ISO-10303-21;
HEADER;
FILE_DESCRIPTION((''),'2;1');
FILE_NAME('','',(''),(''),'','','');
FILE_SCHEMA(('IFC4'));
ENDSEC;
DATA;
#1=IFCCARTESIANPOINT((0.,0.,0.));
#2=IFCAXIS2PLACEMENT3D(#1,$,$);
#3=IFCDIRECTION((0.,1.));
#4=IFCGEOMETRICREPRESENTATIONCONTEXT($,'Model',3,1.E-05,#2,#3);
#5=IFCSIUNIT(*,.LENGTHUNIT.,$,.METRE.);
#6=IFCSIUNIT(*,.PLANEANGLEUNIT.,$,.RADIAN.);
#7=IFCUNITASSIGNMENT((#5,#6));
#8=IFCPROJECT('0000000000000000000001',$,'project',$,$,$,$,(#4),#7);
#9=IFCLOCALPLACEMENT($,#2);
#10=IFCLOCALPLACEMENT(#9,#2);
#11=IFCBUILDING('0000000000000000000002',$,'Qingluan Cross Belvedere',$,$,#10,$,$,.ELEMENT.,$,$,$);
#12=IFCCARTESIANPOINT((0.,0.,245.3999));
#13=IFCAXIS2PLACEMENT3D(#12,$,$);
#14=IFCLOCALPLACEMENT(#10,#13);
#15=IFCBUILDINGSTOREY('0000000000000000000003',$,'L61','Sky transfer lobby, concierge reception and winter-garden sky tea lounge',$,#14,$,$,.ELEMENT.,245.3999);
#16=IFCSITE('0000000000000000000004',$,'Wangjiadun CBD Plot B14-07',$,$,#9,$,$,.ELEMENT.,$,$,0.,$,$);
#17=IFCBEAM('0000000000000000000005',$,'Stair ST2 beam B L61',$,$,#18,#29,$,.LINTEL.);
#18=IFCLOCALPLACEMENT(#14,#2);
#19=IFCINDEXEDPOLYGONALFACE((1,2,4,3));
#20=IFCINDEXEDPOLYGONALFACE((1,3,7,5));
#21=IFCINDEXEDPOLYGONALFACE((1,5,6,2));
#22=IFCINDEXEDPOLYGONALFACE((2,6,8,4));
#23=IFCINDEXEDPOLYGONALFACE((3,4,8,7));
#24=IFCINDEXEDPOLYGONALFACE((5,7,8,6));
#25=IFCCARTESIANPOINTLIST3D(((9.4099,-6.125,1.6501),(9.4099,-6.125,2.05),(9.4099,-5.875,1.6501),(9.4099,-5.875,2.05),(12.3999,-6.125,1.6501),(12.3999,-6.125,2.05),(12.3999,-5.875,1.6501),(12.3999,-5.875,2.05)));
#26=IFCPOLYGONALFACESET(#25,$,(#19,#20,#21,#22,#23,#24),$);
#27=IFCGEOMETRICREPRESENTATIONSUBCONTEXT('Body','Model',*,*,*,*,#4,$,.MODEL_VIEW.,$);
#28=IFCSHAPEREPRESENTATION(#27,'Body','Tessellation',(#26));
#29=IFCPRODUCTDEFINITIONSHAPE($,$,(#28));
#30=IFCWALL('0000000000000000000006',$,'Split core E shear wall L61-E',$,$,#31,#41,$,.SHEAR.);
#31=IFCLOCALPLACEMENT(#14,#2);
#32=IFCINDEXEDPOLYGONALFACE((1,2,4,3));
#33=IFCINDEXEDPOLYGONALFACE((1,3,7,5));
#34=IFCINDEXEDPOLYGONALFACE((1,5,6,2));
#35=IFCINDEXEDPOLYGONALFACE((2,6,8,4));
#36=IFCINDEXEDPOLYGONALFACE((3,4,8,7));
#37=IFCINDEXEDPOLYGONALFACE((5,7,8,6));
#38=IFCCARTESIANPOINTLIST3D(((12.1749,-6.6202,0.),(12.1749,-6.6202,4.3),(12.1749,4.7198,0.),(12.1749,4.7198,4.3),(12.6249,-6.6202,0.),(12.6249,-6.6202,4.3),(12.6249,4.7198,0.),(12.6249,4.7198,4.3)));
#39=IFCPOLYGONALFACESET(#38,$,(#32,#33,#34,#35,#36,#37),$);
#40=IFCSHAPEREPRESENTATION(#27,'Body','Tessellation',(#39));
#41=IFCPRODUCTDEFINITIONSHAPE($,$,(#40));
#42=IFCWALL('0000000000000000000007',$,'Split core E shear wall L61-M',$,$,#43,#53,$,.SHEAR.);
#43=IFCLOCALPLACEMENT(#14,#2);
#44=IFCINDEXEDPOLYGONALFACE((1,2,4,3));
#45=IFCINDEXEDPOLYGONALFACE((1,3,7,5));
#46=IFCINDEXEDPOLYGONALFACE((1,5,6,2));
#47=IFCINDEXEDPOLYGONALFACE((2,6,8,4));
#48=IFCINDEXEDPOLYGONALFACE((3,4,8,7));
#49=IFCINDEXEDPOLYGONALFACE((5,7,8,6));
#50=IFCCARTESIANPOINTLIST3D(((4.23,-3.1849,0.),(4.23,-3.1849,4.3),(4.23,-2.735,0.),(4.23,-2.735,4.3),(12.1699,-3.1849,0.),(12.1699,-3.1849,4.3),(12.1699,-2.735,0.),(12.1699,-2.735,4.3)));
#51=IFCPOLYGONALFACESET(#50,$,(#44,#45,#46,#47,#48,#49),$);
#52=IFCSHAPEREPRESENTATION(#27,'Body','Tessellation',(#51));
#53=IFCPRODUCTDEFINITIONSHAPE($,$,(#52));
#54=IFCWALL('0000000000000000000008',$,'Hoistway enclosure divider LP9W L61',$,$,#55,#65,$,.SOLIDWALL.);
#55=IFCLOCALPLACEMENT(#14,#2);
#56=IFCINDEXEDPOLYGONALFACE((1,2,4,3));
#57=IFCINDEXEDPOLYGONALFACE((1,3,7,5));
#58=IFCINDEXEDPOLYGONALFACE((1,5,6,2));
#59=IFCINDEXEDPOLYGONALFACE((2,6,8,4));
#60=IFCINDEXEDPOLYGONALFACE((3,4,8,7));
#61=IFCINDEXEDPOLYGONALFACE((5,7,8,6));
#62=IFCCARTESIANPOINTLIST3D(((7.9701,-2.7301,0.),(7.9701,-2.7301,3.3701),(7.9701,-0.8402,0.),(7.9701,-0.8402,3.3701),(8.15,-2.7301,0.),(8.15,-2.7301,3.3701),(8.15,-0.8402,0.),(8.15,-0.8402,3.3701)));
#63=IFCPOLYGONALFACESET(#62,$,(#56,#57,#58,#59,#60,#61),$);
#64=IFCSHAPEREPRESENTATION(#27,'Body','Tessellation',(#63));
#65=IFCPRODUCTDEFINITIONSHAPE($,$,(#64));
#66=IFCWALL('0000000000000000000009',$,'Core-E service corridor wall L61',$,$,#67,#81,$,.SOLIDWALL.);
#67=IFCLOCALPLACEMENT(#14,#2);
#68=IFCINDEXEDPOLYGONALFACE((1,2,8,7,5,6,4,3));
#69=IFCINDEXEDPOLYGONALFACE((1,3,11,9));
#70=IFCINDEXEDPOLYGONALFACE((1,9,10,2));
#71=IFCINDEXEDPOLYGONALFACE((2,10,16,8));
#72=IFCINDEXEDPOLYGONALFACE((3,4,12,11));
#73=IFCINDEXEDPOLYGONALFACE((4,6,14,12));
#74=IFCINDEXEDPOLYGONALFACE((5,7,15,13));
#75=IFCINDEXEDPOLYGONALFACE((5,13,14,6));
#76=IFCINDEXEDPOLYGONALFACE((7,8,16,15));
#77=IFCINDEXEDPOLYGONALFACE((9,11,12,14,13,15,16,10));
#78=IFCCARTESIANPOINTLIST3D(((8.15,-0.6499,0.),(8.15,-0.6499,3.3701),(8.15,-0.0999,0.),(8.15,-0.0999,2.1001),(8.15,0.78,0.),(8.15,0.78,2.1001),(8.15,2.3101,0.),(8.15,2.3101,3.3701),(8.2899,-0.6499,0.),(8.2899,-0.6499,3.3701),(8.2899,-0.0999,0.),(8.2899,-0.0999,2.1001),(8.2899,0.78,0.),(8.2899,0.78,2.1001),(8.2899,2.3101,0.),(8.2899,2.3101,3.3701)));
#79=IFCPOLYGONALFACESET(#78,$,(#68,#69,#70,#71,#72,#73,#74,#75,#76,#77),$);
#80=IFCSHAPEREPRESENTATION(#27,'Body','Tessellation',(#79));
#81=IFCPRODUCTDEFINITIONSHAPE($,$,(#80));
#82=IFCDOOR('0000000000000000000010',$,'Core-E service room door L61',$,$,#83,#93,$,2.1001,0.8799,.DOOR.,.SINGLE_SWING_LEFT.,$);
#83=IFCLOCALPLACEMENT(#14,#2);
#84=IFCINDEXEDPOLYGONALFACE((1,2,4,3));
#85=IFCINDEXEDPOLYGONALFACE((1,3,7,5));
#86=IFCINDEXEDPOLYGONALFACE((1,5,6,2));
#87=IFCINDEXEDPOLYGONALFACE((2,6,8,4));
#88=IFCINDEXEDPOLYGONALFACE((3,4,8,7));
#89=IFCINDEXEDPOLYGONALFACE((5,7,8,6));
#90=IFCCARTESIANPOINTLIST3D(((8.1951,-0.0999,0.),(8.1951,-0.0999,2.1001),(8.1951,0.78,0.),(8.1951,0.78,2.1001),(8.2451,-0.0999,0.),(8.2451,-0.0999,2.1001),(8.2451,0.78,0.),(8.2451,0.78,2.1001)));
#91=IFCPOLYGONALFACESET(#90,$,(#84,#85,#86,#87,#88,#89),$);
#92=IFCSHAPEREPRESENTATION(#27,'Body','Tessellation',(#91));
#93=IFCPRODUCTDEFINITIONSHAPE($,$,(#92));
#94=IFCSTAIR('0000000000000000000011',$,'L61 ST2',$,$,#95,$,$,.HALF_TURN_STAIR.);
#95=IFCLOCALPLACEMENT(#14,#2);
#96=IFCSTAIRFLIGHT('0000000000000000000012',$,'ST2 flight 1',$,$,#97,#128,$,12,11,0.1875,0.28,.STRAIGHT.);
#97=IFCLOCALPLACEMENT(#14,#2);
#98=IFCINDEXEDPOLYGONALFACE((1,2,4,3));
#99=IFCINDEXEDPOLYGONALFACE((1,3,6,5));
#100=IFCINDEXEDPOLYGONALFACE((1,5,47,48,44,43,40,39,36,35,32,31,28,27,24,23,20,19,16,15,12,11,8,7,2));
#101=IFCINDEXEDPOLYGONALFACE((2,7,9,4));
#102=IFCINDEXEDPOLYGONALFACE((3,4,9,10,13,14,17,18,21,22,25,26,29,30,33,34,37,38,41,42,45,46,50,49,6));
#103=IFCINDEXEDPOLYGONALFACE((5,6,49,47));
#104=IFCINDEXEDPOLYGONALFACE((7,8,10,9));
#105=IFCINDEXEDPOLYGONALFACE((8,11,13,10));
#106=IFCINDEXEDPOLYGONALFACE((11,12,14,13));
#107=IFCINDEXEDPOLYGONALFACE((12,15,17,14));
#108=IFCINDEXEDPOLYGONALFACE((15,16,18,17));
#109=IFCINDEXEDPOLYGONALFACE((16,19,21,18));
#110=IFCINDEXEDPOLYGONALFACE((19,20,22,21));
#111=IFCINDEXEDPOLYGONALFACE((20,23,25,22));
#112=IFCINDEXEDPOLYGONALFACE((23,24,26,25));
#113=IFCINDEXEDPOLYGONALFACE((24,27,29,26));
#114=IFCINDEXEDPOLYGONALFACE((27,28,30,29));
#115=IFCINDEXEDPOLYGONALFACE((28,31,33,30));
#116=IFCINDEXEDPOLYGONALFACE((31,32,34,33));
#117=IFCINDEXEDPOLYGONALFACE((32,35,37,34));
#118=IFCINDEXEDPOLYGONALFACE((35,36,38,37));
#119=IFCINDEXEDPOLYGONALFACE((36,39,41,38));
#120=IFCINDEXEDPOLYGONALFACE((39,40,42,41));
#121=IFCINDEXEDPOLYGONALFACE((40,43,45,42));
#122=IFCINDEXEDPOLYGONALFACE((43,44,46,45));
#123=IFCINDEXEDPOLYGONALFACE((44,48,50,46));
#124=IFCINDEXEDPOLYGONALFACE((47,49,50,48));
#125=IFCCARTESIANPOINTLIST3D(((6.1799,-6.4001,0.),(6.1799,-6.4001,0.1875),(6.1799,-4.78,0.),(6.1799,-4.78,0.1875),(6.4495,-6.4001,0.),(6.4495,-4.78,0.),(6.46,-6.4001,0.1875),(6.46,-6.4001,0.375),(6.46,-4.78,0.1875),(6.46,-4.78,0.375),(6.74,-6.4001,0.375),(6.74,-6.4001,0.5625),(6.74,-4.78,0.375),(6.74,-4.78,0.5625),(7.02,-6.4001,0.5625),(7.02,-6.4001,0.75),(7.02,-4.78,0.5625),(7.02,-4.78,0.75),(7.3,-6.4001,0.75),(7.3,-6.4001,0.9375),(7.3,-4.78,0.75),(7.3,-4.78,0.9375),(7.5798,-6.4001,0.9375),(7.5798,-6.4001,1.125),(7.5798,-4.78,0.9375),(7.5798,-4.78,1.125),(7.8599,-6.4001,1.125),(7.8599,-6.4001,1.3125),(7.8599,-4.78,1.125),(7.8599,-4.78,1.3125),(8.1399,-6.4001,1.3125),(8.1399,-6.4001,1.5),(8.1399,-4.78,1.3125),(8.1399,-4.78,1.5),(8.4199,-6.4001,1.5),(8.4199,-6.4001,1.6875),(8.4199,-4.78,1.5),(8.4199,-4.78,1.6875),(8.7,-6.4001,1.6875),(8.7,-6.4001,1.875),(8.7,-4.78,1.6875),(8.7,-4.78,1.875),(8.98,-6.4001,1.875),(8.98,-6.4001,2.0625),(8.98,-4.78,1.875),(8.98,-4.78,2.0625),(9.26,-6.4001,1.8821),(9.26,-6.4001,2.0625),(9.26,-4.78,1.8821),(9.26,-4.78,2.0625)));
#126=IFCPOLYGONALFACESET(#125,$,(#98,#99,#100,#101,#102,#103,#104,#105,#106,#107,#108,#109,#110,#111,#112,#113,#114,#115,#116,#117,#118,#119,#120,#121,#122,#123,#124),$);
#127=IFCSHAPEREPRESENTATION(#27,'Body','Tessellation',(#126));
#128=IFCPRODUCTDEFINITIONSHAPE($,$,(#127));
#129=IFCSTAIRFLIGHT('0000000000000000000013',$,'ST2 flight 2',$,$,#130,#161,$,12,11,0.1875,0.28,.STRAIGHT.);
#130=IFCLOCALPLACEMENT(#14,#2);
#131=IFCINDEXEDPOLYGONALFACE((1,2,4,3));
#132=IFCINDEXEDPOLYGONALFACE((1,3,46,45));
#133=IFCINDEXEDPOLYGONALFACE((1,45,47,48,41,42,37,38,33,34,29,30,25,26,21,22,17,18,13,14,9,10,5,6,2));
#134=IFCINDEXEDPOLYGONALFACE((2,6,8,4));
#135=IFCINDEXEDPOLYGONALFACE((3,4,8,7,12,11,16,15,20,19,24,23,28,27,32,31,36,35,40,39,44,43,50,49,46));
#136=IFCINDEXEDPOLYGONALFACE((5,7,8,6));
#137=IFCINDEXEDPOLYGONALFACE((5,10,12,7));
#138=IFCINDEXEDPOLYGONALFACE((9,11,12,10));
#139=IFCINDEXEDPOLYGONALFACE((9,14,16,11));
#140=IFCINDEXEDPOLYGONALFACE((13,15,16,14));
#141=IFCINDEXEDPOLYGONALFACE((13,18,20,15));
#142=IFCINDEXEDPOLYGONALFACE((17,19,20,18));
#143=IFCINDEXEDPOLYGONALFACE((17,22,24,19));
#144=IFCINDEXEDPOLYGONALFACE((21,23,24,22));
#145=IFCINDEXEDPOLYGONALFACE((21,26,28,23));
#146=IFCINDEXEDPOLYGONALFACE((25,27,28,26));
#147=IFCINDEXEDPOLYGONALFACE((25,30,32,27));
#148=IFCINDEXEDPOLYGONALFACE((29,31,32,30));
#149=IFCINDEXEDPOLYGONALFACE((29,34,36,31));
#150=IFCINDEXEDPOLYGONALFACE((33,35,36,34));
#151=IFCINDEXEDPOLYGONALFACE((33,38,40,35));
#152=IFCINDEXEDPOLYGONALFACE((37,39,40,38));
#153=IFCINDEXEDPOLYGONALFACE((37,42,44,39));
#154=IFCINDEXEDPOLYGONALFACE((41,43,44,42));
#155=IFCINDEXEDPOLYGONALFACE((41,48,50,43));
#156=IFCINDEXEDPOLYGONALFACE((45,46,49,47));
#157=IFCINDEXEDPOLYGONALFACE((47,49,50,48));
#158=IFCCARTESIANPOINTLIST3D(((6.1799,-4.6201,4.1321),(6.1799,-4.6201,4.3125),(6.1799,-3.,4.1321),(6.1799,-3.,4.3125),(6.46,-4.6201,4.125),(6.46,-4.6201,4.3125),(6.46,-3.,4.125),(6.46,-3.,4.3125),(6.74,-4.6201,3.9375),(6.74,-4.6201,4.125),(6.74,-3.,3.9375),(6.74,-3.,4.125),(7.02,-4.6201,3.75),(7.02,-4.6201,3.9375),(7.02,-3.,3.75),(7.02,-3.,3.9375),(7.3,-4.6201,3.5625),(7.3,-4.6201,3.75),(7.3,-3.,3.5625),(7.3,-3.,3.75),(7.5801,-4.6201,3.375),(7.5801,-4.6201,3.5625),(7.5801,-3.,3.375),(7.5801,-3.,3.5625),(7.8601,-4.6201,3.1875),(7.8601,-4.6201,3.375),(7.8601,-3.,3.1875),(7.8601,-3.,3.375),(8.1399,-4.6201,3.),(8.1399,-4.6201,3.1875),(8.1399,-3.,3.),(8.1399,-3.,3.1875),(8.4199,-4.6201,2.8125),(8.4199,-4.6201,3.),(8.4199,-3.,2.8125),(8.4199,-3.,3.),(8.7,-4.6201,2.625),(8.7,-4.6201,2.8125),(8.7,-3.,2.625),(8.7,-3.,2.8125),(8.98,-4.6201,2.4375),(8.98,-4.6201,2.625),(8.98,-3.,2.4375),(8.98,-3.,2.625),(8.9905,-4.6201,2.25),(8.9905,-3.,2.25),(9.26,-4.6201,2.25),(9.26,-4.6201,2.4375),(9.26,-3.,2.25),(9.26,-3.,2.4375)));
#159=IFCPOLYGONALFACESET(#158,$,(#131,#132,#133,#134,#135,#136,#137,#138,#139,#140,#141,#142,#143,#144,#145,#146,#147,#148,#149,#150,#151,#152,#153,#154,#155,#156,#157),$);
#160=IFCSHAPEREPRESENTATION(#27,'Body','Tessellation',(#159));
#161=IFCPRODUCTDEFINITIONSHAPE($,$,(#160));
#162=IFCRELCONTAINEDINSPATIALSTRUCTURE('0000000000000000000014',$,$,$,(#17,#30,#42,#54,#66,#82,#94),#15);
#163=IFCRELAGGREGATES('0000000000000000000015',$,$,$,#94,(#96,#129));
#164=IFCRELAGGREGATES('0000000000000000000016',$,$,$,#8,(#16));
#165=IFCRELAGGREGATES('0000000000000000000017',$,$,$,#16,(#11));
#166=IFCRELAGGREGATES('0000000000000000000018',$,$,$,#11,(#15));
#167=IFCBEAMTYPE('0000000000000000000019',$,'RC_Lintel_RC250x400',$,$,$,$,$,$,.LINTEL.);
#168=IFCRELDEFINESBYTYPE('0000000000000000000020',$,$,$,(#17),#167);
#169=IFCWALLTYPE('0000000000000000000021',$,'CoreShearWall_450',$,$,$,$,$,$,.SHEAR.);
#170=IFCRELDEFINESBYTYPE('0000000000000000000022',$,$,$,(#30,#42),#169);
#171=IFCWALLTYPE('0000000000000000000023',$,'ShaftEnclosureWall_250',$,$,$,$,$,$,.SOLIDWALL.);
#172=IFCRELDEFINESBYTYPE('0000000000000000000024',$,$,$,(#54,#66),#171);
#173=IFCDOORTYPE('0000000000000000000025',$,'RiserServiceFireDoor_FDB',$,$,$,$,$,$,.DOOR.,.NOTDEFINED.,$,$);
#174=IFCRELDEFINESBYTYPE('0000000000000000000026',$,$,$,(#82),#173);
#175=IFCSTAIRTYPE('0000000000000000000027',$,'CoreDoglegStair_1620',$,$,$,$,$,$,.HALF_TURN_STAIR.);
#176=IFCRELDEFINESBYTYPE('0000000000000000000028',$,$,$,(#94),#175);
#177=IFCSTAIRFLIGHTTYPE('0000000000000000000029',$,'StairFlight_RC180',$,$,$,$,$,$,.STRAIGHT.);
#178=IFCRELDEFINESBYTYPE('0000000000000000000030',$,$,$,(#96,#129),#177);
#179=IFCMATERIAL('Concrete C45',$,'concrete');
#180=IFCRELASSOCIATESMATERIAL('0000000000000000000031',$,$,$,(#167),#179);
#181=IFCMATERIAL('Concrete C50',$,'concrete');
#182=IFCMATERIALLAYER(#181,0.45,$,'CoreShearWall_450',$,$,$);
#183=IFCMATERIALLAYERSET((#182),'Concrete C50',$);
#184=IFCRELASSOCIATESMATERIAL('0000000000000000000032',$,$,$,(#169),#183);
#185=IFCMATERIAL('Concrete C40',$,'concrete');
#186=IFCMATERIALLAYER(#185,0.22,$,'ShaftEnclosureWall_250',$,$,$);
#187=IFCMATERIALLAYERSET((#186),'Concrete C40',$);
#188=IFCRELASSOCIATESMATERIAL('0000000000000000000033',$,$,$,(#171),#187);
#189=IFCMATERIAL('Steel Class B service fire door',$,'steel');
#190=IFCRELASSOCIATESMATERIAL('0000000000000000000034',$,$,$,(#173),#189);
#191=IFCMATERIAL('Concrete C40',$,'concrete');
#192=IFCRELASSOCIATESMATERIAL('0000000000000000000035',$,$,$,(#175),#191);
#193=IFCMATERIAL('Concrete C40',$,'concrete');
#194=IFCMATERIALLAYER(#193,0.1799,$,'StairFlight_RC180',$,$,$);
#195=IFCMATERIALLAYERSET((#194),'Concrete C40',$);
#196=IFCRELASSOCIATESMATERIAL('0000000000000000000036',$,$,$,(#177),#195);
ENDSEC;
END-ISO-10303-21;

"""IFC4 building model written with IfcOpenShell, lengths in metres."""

from ifc_helpers import new_model, si_unit, direction, frame, frame_2d, origin, origin_2d, place, context, subcontext, project, spatial, polyline, rectangle, outline, extrude, material, layer, layer_set, material_profile, profile_set, type_object, element, fill, aggregate, save


model = new_model("IFC4")

# Units and contexts
model_context = context("Model", 3, precision=1e-05, world=origin(), true_north=direction((0.0, 1.0)))
body_context = subcontext(model_context, "Body", "Model", "MODEL_VIEW")
ifc_project = project(units=[si_unit("LENGTHUNIT", "METRE"), si_unit("PLANEANGLEUNIT", "RADIAN")], contexts=[model_context])

# Site, building, storey
site_placement = place(None, origin())
site = spatial("IfcSite", under=ifc_project, at=site_placement, Name="Wangjiadun CBD Plot B14-07", CompositionType="ELEMENT", RefElevation=0.0)
building_placement = place(site_placement, origin())
building = spatial("IfcBuilding", under=site, at=building_placement, Name="Qingluan Cross Belvedere", CompositionType="ELEMENT")
storey_placement = place(building_placement, frame((0.0, 0.0, 245.3999)))
storey = spatial("IfcBuildingStorey", under=building, at=storey_placement, Name="L61", Description="Sky transfer lobby, concierge reception and winter-garden sky tea lounge", CompositionType="ELEMENT", Elevation=245.3999)

# Beam
ifc_material_1 = material(Name="Concrete C45", Category="concrete")
ifc_material_profile = material_profile(ifc_material_1, rectangle(XDim=0.25, YDim=0.3999, at=origin_2d()), Name="RC250x400")
ifc_profile_set = profile_set([ifc_material_profile], Name="Concrete C45")
beam_type = type_object("IfcBeamType", Name="RC_Lintel_RC250x400", PredefinedType="LINTEL", material=ifc_profile_set)
beam_placement = place(storey_placement, frame((12.3999, -6.0, 1.8501), z_axis=(-1.0, 0.0, 0.0), x_axis=(0.0, -1.0, 0.0)))
element("IfcBeam", 1, at=beam_placement, inside=storey, type_object=beam_type, Name="Stair ST2 beam B L61", PredefinedType="LINTEL", context=body_context, shape_type="SweptSolid", body=[
    extrude(rectangle(XDim=0.25, YDim=0.3999, at=origin_2d()), origin(), (0.0, 0.0, 1.0), 2.99),
])

# Walls
ifc_material_2 = material(Name="Concrete C50", Category="concrete")
ifc_layer_1 = layer(ifc_material_2, 0.45, Name="CoreShearWall_450")
ifc_layer_set_1 = layer_set([ifc_layer_1], Name="Concrete C50")
wall_type_1 = type_object("IfcWallType", Name="CoreShearWall_450", PredefinedType="SHEAR", material=ifc_layer_set_1)
wall_1_placement = place(storey_placement, frame((12.3999, -6.6201, 0.0), z_axis=(0.0, 0.0, 1.0), x_axis=(0.0, 1.0, 0.0)))
element("IfcWall", 2, at=wall_1_placement, inside=storey, type_object=wall_type_1, Name="Split core E shear wall L61-E", PredefinedType="SHEAR", context=body_context, shape_type="SweptSolid", body=[
    extrude(rectangle(XDim=11.3401, YDim=0.45, at=frame_2d((5.6699, 0.0))), origin(), (0.0, 0.0, 1.0), 4.3),
])
wall_2_placement = place(storey_placement, frame((4.23, -2.96, 0.0), z_axis=(0.0, 0.0, 1.0), x_axis=(1.0, 0.0, 0.0)))
element("IfcWall", 3, at=wall_2_placement, inside=storey, type_object=wall_type_1, Name="Split core E shear wall L61-M", PredefinedType="SHEAR", context=body_context, shape_type="SweptSolid", body=[
    extrude(rectangle(XDim=7.9399, YDim=0.45, at=frame_2d((3.97, 0.0))), origin(), (0.0, 0.0, 1.0), 4.3),
])

# Shared definitions
ifc_material_3 = material(Name="Concrete C40", Category="concrete")
ifc_layer_2 = layer(ifc_material_3, 0.22, Name="ShaftEnclosureWall_250")
ifc_layer_set_2 = layer_set([ifc_layer_2], Name="Concrete C40")
wall_type_2 = type_object("IfcWallType", Name="ShaftEnclosureWall_250", PredefinedType="SOLIDWALL", material=ifc_layer_set_2)
ifc_material_4 = material(Name="Steel Class B service fire door", Category="steel")
door_type_1 = type_object("IfcDoorType", Name="RiserServiceFireDoor_FDB", OperationType="NOTDEFINED", PredefinedType="DOOR", material=ifc_material_4)

# Wall
wall_3_placement = place(storey_placement, frame((8.0601, -2.73, 0.0), z_axis=(0.0, 0.0, 1.0), x_axis=(0.0, 1.0, 0.0)))
element("IfcWall", 4, at=wall_3_placement, inside=storey, type_object=wall_type_2, Name="Hoistway enclosure divider LP9W L61", PredefinedType="SOLIDWALL", context=body_context, shape_type="SweptSolid", body=[
    extrude(rectangle(XDim=1.8899, YDim=0.1799, at=frame_2d((0.9448, 0.0))), origin(), (0.0, 0.0, 1.0), 3.3701),
])

# Wall, opening, door
wall_4_placement = place(storey_placement, frame((8.22, -0.6499, 0.0), z_axis=(0.0, 0.0, 1.0), x_axis=(0.0, 1.0, 0.0)))
wall_4 = element("IfcWall", 5, at=wall_4_placement, inside=storey, type_object=wall_type_2, Name="Core-E service corridor wall L61", PredefinedType="SOLIDWALL", context=body_context, shape_type="SweptSolid", body=[
    extrude(rectangle(XDim=2.96, YDim=0.1399, at=frame_2d((1.48, 0.0))), origin(), (0.0, 0.0, 1.0), 3.3701),
])
opening_1_placement = place(wall_4_placement, frame((0.55, 0.0, 0.0)))
opening_1 = element("IfcOpeningElement", 6, at=opening_1_placement, cuts=wall_4, PredefinedType="OPENING", context=body_context, shape_type="SweptSolid", body=[
    extrude(rectangle(XDim=0.8799, YDim=2.1001, at=frame_2d((0.4399, 1.05))), frame((0.0, 0.0798, 0.0), z_axis=(0.0, -1.0, 0.0), x_axis=(1.0, 0.0, 0.0)), (0.0, 0.0, 1.0), 0.1599),
])
door_1_placement = place(opening_1_placement, origin())
door_1 = element("IfcDoor", 7, at=door_1_placement, inside=storey, type_object=door_type_1, Name="Core-E service room door L61", OperationType="SINGLE_SWING_LEFT", OverallHeight=2.1001, OverallWidth=0.8799, PredefinedType="DOOR", context=body_context, shape_type="SweptSolid", body=[
    extrude(rectangle(XDim=0.8799, YDim=2.1001, at=frame_2d((0.4399, 1.05))), frame((0.0, 0.0249, 0.0), z_axis=(0.0, -1.0, 0.0), x_axis=(1.0, 0.0, 0.0)), (0.0, 0.0, 1.0), 0.05),
])
fill(opening_1, door_1)

# Stair, stair flights
ifc_material_5 = material(Name="Concrete C40", Category="concrete")
stair_type = type_object("IfcStairType", Name="CoreDoglegStair_1620", PredefinedType="HALF_TURN_STAIR", material=ifc_material_5)
stair_placement = place(storey_placement, origin())
stair = element("IfcStair", 8, at=stair_placement, inside=storey, type_object=stair_type, Name="L61 ST2", PredefinedType="HALF_TURN_STAIR")
ifc_material_6 = material(Name="Concrete C40", Category="concrete")
ifc_layer_3 = layer(ifc_material_6, 0.1799, Name="StairFlight_RC180")
ifc_layer_set_3 = layer_set([ifc_layer_3], Name="Concrete C40")
stair_flight_type = type_object("IfcStairFlightType", Name="StairFlight_RC180", PredefinedType="STRAIGHT", material=ifc_layer_set_3)
stair_flight_1_placement = place(storey_placement, frame((6.1799, -5.5901, 0.0), z_axis=(0.0, 0.0, 1.0), x_axis=(1.0, 0.0, 0.0)))
stair_flight_1 = element("IfcStairFlight", 9, at=stair_flight_1_placement, type_object=stair_flight_type, Name="ST2 flight 1", NumberOfRisers=12, NumberOfTreads=11, PredefinedType="STRAIGHT", RiserHeight=0.1875, TreadLength=0.28, context=body_context, shape_type="SweptSolid", body=[
    extrude(outline(polyline([(0.0, 0.0), (0.0, 0.1875), (0.28, 0.1875), (0.28, 0.375), (0.5601, 0.375), (0.5601, 0.5625), (0.8401, 0.5625), (0.8401, 0.75), (1.1201, 0.75), (1.1201, 0.9375), (1.3999, 0.9375), (1.3999, 1.125), (1.6799, 1.125), (1.6799, 1.3125), (1.96, 1.3125), (1.96, 1.5), (2.24, 1.5), (2.24, 1.6875), (2.52, 1.6875), (2.52, 1.875), (2.8, 1.875), (2.8, 2.0625), (3.0801, 2.0625), (3.0801, 2.25), (3.0801, 1.8821), (0.2695, 0.0), (0.0, 0.0)])), frame((0.0, 0.8101, 0.0), z_axis=(0.0, -1.0, 0.0), x_axis=(1.0, 0.0, 0.0)), (0.0, 0.0, 1.0), 1.6201),
])
stair_flight_2_placement = place(storey_placement, frame((9.26, -3.8101, 2.25), z_axis=(0.0, 0.0, 1.0), x_axis=(-1.0, 0.0, 0.0)))
stair_flight_2 = element("IfcStairFlight", 10, at=stair_flight_2_placement, type_object=stair_flight_type, Name="ST2 flight 2", NumberOfRisers=12, NumberOfTreads=11, PredefinedType="STRAIGHT", RiserHeight=0.1875, TreadLength=0.28, context=body_context, shape_type="SweptSolid", body=[
    extrude(outline(polyline([(0.0, 0.0), (0.0, 0.1875), (0.28, 0.1875), (0.28, 0.375), (0.5601, 0.375), (0.5601, 0.5625), (0.8401, 0.5625), (0.8401, 0.75), (1.1201, 0.75), (1.1201, 0.9375), (1.3999, 0.9375), (1.3999, 1.125), (1.6799, 1.125), (1.6799, 1.3125), (1.96, 1.3125), (1.96, 1.5), (2.24, 1.5), (2.24, 1.6875), (2.52, 1.6875), (2.52, 1.875), (2.8, 1.875), (2.8, 2.0625), (3.0801, 2.0625), (3.0801, 2.25), (3.0801, 1.8821), (0.2695, 0.0), (0.0, 0.0)])), frame((0.0, 0.8101, 0.0), z_axis=(0.0, -1.0, 0.0), x_axis=(1.0, 0.0, 0.0)), (0.0, 0.0, 1.0), 1.6201),
])
aggregate(stair, [stair_flight_1, stair_flight_2])

save(model, "model.ifc")
